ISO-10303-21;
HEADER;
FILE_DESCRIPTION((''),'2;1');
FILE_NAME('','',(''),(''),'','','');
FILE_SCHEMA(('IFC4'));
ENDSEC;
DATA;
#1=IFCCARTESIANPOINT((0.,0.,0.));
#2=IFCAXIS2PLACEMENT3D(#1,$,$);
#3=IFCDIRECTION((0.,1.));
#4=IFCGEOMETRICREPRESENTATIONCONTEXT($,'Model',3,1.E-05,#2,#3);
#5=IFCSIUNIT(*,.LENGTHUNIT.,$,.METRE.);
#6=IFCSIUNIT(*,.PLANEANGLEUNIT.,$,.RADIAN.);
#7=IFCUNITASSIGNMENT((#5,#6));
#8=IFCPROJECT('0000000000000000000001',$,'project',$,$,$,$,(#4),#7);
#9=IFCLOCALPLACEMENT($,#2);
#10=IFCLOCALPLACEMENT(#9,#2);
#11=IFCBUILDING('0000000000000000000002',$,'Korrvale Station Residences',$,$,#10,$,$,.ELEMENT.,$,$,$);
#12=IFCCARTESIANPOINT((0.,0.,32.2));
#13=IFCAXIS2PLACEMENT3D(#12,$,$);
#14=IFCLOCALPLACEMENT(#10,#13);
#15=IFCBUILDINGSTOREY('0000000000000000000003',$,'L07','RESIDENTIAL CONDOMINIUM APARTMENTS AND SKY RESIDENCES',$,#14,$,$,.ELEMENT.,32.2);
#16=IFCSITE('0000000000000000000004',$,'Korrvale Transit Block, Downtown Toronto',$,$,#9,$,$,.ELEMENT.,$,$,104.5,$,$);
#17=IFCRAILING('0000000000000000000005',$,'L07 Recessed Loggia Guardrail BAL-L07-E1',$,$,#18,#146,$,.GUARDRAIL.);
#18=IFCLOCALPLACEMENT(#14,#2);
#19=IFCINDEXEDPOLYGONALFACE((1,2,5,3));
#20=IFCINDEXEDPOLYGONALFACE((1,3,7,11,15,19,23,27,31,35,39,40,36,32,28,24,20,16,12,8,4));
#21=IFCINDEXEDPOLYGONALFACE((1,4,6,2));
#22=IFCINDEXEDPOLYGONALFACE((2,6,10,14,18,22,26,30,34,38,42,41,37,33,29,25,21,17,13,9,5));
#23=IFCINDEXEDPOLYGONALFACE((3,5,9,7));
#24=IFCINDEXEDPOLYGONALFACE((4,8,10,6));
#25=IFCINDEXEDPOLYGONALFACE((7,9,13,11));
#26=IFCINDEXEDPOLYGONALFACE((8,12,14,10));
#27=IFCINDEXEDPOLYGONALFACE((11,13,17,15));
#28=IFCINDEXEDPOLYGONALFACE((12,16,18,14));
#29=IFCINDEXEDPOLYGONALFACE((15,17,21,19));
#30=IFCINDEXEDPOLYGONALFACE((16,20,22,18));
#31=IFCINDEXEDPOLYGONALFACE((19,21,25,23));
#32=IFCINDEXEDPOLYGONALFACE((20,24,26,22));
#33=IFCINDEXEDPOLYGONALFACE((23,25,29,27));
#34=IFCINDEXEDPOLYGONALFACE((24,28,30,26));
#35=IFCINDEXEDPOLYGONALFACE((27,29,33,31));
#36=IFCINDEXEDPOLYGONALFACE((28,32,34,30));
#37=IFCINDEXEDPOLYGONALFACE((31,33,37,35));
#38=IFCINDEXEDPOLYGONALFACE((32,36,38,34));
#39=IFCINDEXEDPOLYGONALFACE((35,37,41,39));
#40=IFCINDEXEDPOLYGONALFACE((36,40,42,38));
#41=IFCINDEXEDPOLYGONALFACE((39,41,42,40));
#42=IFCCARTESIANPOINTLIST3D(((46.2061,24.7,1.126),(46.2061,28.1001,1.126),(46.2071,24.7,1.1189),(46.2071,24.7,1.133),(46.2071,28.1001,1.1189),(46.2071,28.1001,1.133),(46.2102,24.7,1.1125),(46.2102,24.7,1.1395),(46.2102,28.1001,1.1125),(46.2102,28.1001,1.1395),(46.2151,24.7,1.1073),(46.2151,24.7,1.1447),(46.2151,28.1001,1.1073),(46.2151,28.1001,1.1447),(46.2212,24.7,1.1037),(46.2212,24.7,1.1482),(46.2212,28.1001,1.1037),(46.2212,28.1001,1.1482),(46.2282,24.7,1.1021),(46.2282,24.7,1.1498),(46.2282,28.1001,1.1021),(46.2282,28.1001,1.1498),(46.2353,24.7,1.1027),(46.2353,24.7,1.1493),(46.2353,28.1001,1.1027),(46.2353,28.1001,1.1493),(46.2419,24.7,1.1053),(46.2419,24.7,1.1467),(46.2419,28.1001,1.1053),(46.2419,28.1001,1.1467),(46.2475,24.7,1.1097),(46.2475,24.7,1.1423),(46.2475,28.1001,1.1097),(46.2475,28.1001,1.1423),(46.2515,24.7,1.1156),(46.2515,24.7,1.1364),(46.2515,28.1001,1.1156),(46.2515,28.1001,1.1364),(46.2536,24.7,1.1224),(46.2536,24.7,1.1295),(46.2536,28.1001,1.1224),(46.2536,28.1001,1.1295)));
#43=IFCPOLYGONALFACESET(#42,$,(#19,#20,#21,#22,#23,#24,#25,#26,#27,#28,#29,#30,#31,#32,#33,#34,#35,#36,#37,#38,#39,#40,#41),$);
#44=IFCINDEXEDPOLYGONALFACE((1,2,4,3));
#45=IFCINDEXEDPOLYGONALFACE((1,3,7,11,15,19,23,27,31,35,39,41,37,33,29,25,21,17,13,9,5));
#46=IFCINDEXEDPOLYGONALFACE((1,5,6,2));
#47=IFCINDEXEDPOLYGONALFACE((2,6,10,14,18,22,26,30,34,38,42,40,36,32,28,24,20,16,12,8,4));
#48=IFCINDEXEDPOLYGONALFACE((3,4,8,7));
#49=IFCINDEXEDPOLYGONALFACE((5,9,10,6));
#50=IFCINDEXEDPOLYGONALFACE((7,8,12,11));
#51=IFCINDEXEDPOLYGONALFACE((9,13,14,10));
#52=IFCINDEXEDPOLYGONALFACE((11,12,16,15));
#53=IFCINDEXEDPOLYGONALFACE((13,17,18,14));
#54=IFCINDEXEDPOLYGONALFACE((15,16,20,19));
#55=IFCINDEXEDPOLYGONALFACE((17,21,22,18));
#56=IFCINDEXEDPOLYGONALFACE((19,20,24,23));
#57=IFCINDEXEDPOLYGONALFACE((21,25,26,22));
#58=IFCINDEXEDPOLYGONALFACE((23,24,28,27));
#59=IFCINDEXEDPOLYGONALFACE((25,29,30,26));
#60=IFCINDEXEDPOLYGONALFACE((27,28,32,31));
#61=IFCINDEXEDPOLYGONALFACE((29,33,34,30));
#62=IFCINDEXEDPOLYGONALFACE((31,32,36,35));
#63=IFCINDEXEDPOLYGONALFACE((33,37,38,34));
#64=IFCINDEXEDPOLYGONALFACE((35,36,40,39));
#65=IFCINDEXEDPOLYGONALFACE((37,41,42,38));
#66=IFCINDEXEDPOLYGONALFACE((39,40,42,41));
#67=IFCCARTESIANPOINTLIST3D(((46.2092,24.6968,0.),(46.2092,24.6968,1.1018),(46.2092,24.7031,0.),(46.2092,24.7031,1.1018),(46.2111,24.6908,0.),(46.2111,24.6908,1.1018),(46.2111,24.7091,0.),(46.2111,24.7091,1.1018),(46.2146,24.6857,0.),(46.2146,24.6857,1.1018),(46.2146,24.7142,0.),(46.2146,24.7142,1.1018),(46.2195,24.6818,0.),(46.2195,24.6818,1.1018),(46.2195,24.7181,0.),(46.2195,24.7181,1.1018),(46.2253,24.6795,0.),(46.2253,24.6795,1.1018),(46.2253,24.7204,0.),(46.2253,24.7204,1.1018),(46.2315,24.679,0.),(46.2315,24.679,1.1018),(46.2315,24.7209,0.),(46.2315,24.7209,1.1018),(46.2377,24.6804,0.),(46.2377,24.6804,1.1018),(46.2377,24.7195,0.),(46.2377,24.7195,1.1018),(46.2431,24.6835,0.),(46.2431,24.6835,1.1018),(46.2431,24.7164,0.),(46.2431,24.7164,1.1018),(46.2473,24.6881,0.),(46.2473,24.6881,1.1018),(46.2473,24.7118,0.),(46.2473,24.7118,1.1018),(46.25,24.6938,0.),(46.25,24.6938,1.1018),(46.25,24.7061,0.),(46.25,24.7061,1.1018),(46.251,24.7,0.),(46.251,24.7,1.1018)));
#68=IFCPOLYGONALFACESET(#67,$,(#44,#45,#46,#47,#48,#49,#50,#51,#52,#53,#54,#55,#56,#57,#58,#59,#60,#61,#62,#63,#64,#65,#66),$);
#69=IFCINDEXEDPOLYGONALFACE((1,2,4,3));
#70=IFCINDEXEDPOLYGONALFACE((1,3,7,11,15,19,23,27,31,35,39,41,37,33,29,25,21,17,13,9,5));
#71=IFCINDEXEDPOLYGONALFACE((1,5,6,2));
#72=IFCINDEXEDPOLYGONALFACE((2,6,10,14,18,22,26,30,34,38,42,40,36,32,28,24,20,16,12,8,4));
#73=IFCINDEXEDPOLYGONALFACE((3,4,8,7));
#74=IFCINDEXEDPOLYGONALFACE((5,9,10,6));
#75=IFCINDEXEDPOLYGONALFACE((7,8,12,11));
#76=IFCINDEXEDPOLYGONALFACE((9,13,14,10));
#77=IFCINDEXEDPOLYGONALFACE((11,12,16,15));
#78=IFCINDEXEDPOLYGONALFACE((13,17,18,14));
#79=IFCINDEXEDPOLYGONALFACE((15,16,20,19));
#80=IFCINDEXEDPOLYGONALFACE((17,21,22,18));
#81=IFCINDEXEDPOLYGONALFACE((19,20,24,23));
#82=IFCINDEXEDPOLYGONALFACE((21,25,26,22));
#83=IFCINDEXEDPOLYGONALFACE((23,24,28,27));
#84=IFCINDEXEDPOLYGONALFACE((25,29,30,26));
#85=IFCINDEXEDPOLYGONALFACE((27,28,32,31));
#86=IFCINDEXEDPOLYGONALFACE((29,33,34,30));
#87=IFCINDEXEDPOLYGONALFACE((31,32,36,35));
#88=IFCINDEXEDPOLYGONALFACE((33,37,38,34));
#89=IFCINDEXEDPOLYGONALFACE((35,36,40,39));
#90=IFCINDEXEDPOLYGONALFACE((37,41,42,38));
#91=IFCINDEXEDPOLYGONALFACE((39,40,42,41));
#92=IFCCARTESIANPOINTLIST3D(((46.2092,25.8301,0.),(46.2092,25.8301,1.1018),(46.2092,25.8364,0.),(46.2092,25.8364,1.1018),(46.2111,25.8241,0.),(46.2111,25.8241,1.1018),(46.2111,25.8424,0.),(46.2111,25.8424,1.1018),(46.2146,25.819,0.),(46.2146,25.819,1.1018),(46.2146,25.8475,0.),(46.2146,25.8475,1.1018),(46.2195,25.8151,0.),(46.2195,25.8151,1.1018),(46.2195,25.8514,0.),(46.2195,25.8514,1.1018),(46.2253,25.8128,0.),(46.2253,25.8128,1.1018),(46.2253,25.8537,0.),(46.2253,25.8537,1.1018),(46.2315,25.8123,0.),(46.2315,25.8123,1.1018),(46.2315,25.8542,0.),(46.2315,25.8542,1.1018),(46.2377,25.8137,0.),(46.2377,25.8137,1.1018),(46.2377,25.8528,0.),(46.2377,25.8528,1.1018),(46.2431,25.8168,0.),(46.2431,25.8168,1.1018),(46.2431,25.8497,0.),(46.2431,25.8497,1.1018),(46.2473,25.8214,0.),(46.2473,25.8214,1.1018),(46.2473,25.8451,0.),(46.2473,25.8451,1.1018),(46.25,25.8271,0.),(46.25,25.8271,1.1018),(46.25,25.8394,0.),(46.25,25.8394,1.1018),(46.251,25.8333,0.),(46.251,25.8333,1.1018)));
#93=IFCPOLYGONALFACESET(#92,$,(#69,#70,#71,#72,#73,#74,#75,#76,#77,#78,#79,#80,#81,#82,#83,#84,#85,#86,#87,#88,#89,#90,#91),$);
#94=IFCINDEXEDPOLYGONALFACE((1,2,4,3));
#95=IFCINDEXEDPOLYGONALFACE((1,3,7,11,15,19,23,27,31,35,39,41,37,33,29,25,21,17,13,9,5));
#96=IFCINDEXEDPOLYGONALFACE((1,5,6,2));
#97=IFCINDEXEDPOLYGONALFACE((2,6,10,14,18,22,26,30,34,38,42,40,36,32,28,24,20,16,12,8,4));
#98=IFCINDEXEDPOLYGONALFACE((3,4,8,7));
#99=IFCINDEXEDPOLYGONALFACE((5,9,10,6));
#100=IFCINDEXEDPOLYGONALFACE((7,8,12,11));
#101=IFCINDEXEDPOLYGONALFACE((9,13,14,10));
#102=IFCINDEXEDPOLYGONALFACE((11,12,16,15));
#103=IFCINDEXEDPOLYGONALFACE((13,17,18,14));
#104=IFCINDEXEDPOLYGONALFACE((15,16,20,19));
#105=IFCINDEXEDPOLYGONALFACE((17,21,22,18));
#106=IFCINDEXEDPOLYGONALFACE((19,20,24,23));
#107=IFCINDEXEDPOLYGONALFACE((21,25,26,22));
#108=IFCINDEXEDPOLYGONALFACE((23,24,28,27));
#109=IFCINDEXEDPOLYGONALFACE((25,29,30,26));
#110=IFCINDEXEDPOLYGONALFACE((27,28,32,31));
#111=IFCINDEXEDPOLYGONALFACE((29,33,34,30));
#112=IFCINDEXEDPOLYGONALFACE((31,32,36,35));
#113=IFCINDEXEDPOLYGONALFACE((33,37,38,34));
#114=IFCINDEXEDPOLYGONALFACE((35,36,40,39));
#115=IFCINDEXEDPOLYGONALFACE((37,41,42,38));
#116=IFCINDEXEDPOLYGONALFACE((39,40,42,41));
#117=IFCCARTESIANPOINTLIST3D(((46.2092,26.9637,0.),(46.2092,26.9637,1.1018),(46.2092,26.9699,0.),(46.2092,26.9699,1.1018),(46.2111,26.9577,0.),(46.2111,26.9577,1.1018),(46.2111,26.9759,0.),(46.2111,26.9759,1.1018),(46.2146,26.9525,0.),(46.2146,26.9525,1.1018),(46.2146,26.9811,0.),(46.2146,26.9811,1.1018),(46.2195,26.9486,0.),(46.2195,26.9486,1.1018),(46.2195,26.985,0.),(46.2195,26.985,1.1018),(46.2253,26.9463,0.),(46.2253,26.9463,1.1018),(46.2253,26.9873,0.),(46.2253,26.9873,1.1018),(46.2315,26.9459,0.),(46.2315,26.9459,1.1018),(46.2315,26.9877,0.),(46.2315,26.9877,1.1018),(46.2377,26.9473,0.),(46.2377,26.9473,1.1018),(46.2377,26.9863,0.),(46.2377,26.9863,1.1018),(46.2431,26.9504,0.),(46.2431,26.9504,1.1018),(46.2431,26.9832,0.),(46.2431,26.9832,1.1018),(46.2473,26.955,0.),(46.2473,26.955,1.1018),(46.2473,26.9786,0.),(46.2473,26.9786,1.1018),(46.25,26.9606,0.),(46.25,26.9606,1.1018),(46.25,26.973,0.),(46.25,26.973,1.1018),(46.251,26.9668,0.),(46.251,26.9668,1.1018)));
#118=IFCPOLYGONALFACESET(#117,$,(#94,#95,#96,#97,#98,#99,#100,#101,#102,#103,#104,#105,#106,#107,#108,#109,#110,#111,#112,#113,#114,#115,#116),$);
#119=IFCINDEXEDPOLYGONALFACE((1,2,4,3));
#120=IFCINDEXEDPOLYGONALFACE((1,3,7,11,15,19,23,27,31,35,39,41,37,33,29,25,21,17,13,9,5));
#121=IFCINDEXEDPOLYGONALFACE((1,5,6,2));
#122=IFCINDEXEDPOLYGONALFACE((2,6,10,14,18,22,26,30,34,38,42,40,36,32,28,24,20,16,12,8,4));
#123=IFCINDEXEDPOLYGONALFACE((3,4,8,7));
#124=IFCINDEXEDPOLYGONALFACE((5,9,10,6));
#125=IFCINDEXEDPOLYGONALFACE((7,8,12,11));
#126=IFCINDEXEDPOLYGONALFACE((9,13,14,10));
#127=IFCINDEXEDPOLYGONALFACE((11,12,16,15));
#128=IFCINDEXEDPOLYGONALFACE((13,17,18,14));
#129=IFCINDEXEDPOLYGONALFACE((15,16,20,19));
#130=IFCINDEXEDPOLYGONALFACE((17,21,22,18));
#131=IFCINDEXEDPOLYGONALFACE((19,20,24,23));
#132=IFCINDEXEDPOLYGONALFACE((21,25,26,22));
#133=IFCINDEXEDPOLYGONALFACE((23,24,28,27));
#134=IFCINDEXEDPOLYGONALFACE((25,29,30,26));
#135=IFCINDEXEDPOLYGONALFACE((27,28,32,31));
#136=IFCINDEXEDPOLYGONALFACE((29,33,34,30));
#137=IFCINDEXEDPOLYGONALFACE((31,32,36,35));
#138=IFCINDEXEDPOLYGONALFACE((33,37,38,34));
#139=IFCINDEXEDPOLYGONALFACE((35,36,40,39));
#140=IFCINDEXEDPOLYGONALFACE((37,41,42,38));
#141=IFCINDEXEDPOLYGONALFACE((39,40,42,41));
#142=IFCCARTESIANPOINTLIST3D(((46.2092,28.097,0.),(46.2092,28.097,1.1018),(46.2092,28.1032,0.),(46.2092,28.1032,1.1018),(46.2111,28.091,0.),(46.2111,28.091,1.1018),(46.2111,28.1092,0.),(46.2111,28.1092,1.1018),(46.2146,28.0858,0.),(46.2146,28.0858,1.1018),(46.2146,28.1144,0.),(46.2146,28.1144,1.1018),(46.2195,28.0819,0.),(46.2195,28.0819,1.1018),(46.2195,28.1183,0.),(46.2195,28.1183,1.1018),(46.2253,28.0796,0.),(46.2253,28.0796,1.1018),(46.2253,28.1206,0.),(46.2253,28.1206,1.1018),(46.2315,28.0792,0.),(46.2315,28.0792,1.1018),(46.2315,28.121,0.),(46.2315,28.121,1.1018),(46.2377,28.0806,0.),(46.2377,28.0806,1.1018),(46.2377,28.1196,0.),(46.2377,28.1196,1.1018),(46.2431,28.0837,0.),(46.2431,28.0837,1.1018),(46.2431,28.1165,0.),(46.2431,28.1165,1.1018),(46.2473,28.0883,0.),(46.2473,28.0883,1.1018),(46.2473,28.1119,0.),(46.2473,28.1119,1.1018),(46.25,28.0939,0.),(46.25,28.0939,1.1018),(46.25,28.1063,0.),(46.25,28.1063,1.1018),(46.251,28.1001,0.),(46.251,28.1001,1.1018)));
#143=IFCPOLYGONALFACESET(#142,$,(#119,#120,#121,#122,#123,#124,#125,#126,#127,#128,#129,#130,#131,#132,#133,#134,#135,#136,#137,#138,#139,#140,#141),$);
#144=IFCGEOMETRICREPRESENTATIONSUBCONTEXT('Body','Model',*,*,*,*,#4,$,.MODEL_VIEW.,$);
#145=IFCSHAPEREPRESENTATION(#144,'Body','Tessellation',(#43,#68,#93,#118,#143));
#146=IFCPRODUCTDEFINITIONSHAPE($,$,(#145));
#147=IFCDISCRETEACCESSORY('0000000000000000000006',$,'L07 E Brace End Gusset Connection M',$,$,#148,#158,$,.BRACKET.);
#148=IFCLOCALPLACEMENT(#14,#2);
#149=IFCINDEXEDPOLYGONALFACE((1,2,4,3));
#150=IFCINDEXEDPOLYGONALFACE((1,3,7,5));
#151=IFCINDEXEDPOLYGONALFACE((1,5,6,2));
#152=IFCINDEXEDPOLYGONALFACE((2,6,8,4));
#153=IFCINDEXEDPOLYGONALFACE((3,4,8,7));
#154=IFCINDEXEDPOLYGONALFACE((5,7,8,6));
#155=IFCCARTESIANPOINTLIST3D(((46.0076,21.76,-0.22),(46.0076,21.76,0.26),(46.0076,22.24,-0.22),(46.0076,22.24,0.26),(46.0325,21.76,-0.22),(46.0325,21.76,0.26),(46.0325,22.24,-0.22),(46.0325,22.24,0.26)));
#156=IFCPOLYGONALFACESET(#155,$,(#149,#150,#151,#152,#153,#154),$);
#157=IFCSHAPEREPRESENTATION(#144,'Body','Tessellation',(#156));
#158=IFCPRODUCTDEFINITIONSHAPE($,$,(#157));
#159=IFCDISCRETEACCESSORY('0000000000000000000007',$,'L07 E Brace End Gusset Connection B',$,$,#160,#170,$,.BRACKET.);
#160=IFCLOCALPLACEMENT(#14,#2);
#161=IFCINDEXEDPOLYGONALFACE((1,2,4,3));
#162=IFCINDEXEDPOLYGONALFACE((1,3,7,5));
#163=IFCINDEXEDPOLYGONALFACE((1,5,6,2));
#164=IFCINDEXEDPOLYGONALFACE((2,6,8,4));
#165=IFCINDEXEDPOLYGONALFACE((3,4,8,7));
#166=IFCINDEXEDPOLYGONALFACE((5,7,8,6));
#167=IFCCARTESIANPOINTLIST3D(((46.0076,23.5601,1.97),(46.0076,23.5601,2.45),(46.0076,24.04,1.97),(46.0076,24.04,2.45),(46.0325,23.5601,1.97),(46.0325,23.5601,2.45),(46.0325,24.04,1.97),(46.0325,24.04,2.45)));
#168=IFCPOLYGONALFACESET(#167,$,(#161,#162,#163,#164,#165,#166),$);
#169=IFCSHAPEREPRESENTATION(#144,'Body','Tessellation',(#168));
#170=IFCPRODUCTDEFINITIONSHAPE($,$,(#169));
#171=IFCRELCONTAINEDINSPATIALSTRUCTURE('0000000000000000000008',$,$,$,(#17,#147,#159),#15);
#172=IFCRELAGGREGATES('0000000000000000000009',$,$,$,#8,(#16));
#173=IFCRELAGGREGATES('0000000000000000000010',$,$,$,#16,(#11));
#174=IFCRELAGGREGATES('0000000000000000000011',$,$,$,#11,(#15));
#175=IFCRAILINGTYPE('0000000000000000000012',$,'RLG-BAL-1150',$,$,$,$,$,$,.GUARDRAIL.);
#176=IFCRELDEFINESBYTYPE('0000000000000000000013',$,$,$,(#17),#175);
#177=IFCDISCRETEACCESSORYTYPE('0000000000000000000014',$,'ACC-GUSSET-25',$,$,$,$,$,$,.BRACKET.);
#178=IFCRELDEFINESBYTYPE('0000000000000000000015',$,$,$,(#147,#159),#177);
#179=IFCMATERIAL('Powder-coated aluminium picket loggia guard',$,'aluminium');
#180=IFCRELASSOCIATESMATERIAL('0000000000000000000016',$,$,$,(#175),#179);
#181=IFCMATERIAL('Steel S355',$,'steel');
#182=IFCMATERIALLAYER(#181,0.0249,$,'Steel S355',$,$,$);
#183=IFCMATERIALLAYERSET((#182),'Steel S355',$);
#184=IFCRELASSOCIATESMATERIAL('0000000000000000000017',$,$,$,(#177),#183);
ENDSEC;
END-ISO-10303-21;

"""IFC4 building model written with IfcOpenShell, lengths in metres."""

from ifc_helpers import new_model, si_unit, direction, frame, origin, origin_2d, place, context, subcontext, project, spatial, rectangle, circle, extrude, material, layer, layer_set, type_object, element, save


model = new_model("IFC4")

# Units and contexts
model_context = context("Model", 3, precision=1e-05, world=origin(), true_north=direction((0.0, 1.0)))
body_context = subcontext(model_context, "Body", "Model", "MODEL_VIEW")
ifc_project = project(units=[si_unit("LENGTHUNIT", "METRE"), si_unit("PLANEANGLEUNIT", "RADIAN")], contexts=[model_context])

# Site, building, storey
site_placement = place(None, origin())
site = spatial("IfcSite", under=ifc_project, at=site_placement, Name="Korrvale Transit Block, Downtown Toronto", CompositionType="ELEMENT", RefElevation=104.5)
building_placement = place(site_placement, origin())
building = spatial("IfcBuilding", under=site, at=building_placement, Name="Korrvale Station Residences", CompositionType="ELEMENT")
storey_placement = place(building_placement, frame((0.0, 0.0, 32.2)))
storey = spatial("IfcBuildingStorey", under=building, at=storey_placement, Name="L07", Description="RESIDENTIAL CONDOMINIUM APARTMENTS AND SKY RESIDENCES", CompositionType="ELEMENT", Elevation=32.2)

# Shared definitions
ifc_material_1 = material(Name="Steel S355", Category="steel")

# Railing
ifc_material_2 = material(Name="Powder-coated aluminium picket loggia guard", Category="aluminium")
railing_type = type_object("IfcRailingType", Name="RLG-BAL-1150", PredefinedType="GUARDRAIL", material=ifc_material_2)
railing_placement = place(storey_placement, frame((46.23, 24.7, 0.0)))
element("IfcRailing", 1, at=railing_placement, inside=storey, type_object=railing_type, Name="L07 Recessed Loggia Guardrail BAL-L07-E1", PredefinedType="GUARDRAIL", context=body_context, shape_type="SweptSolid", body=[
    extrude(circle(Radius=0.0239, at=origin_2d()), frame((0.0, 0.0, 1.126), z_axis=(0.0, 1.0, 0.0), x_axis=(-1.0, 0.0, 0.0)), (0.0, 0.0, 1.0), 3.4001),
    extrude(circle(Radius=0.021, at=origin_2d()), origin(), (0.0, 0.0, 1.0), 1.1018),
    extrude(circle(Radius=0.021, at=origin_2d()), frame((0.0, 1.1333, 0.0)), (0.0, 0.0, 1.0), 1.1018),
    extrude(circle(Radius=0.021, at=origin_2d()), frame((0.0, 2.2668, 0.0)), (0.0, 0.0, 1.0), 1.1018),
    extrude(circle(Radius=0.021, at=origin_2d()), frame((0.0, 3.4001, 0.0)), (0.0, 0.0, 1.0), 1.1018),
])

# Discrete accessories
ifc_layer_1 = layer(ifc_material_1, 0.0249, Name="Steel S355")
ifc_layer_set_1 = layer_set([ifc_layer_1], Name="Steel S355")
discrete_accessory_type = type_object("IfcDiscreteAccessoryType", Name="ACC-GUSSET-25", PredefinedType="BRACKET", material=ifc_layer_set_1)
for number, where, z_axis, x_axis, name in (
    (2, (46.02, 22.0, -0.22), (0.0, 0.0, 1.0), (0.0, 1.0, 0.0), "L07 E Brace End Gusset Connection M"),
    (3, (46.02, 23.8, 1.97), (0.0, 0.0, 1.0), (0.0, 1.0, 0.0), "L07 E Brace End Gusset Connection B"),
):
    element("IfcDiscreteAccessory", number, at=place(storey_placement, frame(where, z_axis=z_axis, x_axis=x_axis)), inside=storey, type_object=discrete_accessory_type, Name=name, PredefinedType="BRACKET", context=body_context, shape_type="SweptSolid", body=[
        extrude(rectangle(XDim=0.48, YDim=0.0249, at=origin_2d()), origin(), (0.0, 0.0, 1.0), 0.48),
    ])

save(model, "model.ifc")
